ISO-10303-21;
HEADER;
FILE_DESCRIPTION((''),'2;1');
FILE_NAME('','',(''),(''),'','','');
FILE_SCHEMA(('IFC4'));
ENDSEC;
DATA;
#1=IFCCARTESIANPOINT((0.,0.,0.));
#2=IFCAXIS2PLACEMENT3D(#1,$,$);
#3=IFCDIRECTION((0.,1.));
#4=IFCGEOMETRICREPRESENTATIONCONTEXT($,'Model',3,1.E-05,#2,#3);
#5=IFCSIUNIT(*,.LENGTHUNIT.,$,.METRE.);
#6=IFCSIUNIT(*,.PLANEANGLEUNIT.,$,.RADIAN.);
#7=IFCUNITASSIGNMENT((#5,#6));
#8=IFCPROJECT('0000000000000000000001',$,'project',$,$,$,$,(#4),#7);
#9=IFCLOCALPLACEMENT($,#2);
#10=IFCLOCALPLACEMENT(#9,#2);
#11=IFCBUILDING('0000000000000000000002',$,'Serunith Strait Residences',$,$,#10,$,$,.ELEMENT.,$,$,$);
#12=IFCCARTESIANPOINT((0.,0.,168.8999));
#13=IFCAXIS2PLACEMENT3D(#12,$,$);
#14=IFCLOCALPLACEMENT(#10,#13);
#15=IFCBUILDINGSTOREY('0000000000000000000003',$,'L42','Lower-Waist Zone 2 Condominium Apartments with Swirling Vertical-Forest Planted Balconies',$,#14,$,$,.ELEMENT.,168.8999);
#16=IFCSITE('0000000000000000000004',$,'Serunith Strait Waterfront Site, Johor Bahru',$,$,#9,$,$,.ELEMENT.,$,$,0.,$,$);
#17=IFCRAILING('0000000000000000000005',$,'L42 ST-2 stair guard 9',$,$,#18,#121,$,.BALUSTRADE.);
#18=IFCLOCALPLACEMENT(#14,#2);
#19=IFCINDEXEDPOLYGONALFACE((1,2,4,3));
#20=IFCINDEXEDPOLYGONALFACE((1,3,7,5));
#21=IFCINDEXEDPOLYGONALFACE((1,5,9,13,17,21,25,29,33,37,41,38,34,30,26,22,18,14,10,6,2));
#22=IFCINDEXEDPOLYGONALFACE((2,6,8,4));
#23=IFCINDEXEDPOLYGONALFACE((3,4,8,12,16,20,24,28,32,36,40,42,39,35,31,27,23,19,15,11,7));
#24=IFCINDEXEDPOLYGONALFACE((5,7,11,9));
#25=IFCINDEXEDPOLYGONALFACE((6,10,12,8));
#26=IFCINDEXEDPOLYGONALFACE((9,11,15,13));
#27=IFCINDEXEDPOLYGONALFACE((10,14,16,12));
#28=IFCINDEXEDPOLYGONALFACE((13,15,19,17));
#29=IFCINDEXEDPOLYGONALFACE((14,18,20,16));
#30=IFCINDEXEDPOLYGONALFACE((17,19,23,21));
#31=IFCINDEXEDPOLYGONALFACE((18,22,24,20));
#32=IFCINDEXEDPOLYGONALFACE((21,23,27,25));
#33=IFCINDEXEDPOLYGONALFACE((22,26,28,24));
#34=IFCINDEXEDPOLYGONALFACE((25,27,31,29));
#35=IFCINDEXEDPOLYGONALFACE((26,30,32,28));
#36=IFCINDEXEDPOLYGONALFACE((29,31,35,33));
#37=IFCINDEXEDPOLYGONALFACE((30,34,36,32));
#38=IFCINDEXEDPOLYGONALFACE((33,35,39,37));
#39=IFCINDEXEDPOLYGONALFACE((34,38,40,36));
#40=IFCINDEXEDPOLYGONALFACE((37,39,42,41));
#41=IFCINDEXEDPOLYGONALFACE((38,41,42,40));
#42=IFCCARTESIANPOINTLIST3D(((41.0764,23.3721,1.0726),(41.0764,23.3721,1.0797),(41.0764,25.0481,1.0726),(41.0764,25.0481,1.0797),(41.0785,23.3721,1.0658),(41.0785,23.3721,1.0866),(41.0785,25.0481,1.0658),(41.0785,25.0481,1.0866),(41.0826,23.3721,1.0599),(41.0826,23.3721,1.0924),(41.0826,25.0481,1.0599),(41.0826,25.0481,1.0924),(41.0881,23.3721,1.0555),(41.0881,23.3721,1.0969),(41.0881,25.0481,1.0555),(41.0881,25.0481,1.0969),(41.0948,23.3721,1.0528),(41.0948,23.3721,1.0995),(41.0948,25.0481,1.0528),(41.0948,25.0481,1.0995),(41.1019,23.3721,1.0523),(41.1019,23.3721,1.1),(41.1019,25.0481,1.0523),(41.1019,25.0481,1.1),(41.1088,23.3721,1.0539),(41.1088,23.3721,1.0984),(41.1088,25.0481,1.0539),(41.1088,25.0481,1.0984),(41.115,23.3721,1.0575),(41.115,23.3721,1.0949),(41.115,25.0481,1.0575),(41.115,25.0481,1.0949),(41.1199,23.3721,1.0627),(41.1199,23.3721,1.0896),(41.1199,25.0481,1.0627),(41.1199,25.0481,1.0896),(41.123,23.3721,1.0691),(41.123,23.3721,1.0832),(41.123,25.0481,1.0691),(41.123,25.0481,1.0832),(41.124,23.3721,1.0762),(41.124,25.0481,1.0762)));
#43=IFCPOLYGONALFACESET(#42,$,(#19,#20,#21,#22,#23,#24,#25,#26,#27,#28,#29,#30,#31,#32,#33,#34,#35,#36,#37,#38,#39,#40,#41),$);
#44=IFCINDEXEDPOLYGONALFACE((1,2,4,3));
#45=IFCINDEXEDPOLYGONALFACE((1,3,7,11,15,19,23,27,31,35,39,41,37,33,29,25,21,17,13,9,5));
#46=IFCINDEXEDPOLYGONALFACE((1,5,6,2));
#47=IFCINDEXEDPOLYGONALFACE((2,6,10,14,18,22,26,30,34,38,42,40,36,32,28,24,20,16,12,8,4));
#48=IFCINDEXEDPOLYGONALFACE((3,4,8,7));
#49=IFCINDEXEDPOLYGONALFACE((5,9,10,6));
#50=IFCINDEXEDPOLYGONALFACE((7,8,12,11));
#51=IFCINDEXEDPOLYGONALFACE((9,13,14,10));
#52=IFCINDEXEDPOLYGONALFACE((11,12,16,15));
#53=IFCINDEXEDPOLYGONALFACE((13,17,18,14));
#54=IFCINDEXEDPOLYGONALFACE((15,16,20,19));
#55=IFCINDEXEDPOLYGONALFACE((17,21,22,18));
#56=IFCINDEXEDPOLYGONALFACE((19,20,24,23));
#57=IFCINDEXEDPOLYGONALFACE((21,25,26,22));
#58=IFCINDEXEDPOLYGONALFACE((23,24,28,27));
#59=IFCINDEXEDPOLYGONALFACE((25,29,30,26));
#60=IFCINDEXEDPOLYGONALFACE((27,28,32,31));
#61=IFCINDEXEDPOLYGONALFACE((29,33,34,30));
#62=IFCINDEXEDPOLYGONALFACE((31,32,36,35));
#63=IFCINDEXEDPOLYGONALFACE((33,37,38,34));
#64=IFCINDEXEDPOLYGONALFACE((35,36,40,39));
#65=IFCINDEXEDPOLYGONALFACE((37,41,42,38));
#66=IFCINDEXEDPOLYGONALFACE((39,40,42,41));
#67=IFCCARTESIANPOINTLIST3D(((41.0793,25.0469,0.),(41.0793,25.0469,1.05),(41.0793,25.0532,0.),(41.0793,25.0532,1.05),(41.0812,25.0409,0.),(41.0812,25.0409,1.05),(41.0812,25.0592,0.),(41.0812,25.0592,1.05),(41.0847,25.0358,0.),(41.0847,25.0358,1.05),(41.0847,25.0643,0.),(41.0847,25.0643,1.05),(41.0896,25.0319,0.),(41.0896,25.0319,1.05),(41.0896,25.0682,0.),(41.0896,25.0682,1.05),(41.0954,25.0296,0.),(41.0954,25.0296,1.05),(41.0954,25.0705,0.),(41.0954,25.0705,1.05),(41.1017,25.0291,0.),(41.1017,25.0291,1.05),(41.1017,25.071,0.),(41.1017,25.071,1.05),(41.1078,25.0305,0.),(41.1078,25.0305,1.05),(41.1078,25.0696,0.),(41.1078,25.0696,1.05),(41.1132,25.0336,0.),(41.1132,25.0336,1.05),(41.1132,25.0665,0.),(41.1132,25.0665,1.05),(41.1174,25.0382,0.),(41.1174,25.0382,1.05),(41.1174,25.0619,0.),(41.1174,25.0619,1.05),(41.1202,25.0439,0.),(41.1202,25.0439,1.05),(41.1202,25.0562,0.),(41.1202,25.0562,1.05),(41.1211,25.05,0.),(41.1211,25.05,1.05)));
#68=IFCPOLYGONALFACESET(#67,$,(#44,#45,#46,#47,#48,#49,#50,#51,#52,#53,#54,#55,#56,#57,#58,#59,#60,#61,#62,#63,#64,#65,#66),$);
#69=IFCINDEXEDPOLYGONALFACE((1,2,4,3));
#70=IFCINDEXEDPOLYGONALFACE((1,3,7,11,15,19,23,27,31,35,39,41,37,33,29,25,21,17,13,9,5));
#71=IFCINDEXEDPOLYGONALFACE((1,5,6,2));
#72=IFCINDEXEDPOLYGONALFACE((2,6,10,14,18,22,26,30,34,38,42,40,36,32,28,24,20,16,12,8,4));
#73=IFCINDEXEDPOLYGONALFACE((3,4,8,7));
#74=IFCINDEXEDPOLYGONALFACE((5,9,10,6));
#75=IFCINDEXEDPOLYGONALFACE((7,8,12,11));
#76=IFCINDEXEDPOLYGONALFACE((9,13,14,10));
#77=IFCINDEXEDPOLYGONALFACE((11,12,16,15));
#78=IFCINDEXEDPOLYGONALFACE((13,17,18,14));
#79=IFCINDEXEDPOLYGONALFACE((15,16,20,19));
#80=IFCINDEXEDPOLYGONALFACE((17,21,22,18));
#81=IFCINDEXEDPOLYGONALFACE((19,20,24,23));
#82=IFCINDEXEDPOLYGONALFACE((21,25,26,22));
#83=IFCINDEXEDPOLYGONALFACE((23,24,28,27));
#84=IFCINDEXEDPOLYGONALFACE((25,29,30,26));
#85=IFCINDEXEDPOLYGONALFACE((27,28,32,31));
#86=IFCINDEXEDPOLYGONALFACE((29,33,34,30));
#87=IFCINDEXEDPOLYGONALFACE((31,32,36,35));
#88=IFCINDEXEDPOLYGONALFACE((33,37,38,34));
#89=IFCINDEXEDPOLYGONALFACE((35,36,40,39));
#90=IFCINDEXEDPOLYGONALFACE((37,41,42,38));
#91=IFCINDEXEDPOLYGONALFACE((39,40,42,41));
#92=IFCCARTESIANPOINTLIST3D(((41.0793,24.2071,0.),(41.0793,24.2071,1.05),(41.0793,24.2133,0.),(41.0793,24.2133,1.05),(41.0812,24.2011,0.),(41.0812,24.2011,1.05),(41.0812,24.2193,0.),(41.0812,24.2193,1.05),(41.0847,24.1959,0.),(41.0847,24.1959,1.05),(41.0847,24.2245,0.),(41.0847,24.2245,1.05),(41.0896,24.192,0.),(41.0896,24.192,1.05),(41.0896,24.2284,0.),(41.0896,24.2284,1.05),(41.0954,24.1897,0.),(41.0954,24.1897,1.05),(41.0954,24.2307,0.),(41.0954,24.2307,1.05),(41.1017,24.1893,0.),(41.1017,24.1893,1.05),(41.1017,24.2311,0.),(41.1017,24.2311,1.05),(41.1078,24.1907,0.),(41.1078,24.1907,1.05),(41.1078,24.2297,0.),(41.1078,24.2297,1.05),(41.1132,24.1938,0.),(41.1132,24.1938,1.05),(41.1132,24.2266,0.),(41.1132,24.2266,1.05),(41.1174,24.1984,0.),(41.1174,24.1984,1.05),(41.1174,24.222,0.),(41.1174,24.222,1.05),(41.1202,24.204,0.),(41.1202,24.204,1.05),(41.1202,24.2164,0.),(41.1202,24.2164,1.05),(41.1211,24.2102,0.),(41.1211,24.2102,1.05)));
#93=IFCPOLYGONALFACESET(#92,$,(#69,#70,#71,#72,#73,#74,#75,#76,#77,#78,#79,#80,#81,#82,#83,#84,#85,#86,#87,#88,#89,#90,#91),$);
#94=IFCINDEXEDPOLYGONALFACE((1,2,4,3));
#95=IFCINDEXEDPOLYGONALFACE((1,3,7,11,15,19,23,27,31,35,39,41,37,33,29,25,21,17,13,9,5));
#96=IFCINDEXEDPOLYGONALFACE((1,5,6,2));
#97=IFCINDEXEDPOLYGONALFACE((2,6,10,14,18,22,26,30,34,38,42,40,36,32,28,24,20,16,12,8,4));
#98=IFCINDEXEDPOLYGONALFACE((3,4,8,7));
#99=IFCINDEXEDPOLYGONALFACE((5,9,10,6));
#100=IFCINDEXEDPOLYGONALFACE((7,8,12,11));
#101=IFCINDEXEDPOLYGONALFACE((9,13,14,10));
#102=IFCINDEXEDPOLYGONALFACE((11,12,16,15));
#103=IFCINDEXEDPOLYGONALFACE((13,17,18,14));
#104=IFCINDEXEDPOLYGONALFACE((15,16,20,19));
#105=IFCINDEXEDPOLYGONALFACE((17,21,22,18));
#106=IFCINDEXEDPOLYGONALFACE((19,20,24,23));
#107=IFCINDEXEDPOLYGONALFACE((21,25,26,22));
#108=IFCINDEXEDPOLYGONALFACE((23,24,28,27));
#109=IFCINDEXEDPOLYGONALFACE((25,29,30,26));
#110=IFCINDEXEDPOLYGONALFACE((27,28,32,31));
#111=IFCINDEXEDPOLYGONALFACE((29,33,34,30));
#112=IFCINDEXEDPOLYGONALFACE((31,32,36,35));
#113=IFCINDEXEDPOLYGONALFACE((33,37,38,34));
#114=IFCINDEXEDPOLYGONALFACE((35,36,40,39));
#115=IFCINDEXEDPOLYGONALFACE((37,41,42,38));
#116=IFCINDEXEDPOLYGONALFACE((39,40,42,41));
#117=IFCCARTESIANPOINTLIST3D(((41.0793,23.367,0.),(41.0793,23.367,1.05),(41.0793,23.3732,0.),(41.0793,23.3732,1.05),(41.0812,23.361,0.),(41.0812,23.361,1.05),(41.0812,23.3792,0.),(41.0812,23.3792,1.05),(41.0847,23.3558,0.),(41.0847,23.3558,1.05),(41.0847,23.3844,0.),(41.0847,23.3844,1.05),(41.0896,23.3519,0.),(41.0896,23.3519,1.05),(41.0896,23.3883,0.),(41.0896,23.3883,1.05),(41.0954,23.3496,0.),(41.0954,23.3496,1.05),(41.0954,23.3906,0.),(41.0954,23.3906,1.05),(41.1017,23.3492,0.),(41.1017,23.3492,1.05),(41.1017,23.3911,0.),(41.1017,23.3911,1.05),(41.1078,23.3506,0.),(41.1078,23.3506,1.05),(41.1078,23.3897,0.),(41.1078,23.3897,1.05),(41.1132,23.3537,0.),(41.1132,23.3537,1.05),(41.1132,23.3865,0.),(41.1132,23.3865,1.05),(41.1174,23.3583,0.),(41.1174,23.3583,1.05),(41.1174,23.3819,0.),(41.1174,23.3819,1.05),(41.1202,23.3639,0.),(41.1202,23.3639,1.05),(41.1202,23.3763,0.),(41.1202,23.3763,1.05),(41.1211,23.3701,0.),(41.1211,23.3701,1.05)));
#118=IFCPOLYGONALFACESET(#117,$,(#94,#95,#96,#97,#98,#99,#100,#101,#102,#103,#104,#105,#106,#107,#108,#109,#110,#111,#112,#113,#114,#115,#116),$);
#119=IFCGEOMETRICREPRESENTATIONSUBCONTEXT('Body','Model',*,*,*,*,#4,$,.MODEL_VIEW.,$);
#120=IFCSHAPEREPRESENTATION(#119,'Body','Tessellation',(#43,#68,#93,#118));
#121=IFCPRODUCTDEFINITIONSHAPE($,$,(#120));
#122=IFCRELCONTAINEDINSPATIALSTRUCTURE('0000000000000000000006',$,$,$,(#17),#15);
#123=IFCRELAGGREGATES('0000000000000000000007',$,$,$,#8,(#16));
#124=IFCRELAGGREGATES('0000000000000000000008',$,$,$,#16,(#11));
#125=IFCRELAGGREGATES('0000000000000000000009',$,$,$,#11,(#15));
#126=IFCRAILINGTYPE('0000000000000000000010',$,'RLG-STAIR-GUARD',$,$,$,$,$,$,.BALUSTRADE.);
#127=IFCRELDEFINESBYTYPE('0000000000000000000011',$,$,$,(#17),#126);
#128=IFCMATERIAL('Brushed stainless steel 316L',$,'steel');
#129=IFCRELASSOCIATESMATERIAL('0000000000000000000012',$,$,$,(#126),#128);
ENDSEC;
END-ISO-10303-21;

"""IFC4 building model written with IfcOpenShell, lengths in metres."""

from ifc_helpers import new_model, si_unit, direction, frame, origin, origin_2d, place, context, subcontext, project, spatial, circle, extrude, material, type_object, element, save


model = new_model("IFC4")

# Units and contexts
model_context = context("Model", 3, precision=1e-05, world=origin(), true_north=direction((0.0, 1.0)))
body_context = subcontext(model_context, "Body", "Model", "MODEL_VIEW")
ifc_project = project(units=[si_unit("LENGTHUNIT", "METRE"), si_unit("PLANEANGLEUNIT", "RADIAN")], contexts=[model_context])

# Site, building, storey
site_placement = place(None, origin())
site = spatial("IfcSite", under=ifc_project, at=site_placement, Name="Serunith Strait Waterfront Site, Johor Bahru", CompositionType="ELEMENT", RefElevation=0.0)
building_placement = place(site_placement, origin())
building = spatial("IfcBuilding", under=site, at=building_placement, Name="Serunith Strait Residences", CompositionType="ELEMENT")
storey_placement = place(building_placement, frame((0.0, 0.0, 168.8999)))
storey = spatial("IfcBuildingStorey", under=building, at=storey_placement, Name="L42", Description="Lower-Waist Zone 2 Condominium Apartments with Swirling Vertical-Forest Planted Balconies", CompositionType="ELEMENT", Elevation=168.8999)

# Railing
ifc_material_1 = material(Name="Brushed stainless steel 316L", Category="steel")
railing_type = type_object("IfcRailingType", Name="RLG-STAIR-GUARD", PredefinedType="BALUSTRADE", material=ifc_material_1)
for number, where, name in (
    (1, (41.1001, 25.05, 0.0), "L42 ST-2 stair guard 9"),
):
    element("IfcRailing", number, at=place(storey_placement, frame(where)), inside=storey, type_object=railing_type, Name=name, PredefinedType="BALUSTRADE", context=body_context, shape_type="SweptSolid", body=[
        extrude(circle(Radius=0.0239, at=origin_2d()), frame((0.0, -0.002, 1.0762), z_axis=(0.0, -1.0, 0.0), x_axis=(1.0, 0.0, 0.0)), (0.0, 0.0, 1.0), 1.676),
        extrude(circle(Radius=0.021, at=origin_2d()), origin(), (0.0, 0.0, 1.0), 1.05),
        extrude(circle(Radius=0.021, at=origin_2d()), frame((0.0, -0.8398, 0.0)), (0.0, 0.0, 1.0), 1.05),
        extrude(circle(Radius=0.021, at=origin_2d()), frame((0.0, -1.6799, 0.0)), (0.0, 0.0, 1.0), 1.05),
    ])

save(model, "model.ifc")
